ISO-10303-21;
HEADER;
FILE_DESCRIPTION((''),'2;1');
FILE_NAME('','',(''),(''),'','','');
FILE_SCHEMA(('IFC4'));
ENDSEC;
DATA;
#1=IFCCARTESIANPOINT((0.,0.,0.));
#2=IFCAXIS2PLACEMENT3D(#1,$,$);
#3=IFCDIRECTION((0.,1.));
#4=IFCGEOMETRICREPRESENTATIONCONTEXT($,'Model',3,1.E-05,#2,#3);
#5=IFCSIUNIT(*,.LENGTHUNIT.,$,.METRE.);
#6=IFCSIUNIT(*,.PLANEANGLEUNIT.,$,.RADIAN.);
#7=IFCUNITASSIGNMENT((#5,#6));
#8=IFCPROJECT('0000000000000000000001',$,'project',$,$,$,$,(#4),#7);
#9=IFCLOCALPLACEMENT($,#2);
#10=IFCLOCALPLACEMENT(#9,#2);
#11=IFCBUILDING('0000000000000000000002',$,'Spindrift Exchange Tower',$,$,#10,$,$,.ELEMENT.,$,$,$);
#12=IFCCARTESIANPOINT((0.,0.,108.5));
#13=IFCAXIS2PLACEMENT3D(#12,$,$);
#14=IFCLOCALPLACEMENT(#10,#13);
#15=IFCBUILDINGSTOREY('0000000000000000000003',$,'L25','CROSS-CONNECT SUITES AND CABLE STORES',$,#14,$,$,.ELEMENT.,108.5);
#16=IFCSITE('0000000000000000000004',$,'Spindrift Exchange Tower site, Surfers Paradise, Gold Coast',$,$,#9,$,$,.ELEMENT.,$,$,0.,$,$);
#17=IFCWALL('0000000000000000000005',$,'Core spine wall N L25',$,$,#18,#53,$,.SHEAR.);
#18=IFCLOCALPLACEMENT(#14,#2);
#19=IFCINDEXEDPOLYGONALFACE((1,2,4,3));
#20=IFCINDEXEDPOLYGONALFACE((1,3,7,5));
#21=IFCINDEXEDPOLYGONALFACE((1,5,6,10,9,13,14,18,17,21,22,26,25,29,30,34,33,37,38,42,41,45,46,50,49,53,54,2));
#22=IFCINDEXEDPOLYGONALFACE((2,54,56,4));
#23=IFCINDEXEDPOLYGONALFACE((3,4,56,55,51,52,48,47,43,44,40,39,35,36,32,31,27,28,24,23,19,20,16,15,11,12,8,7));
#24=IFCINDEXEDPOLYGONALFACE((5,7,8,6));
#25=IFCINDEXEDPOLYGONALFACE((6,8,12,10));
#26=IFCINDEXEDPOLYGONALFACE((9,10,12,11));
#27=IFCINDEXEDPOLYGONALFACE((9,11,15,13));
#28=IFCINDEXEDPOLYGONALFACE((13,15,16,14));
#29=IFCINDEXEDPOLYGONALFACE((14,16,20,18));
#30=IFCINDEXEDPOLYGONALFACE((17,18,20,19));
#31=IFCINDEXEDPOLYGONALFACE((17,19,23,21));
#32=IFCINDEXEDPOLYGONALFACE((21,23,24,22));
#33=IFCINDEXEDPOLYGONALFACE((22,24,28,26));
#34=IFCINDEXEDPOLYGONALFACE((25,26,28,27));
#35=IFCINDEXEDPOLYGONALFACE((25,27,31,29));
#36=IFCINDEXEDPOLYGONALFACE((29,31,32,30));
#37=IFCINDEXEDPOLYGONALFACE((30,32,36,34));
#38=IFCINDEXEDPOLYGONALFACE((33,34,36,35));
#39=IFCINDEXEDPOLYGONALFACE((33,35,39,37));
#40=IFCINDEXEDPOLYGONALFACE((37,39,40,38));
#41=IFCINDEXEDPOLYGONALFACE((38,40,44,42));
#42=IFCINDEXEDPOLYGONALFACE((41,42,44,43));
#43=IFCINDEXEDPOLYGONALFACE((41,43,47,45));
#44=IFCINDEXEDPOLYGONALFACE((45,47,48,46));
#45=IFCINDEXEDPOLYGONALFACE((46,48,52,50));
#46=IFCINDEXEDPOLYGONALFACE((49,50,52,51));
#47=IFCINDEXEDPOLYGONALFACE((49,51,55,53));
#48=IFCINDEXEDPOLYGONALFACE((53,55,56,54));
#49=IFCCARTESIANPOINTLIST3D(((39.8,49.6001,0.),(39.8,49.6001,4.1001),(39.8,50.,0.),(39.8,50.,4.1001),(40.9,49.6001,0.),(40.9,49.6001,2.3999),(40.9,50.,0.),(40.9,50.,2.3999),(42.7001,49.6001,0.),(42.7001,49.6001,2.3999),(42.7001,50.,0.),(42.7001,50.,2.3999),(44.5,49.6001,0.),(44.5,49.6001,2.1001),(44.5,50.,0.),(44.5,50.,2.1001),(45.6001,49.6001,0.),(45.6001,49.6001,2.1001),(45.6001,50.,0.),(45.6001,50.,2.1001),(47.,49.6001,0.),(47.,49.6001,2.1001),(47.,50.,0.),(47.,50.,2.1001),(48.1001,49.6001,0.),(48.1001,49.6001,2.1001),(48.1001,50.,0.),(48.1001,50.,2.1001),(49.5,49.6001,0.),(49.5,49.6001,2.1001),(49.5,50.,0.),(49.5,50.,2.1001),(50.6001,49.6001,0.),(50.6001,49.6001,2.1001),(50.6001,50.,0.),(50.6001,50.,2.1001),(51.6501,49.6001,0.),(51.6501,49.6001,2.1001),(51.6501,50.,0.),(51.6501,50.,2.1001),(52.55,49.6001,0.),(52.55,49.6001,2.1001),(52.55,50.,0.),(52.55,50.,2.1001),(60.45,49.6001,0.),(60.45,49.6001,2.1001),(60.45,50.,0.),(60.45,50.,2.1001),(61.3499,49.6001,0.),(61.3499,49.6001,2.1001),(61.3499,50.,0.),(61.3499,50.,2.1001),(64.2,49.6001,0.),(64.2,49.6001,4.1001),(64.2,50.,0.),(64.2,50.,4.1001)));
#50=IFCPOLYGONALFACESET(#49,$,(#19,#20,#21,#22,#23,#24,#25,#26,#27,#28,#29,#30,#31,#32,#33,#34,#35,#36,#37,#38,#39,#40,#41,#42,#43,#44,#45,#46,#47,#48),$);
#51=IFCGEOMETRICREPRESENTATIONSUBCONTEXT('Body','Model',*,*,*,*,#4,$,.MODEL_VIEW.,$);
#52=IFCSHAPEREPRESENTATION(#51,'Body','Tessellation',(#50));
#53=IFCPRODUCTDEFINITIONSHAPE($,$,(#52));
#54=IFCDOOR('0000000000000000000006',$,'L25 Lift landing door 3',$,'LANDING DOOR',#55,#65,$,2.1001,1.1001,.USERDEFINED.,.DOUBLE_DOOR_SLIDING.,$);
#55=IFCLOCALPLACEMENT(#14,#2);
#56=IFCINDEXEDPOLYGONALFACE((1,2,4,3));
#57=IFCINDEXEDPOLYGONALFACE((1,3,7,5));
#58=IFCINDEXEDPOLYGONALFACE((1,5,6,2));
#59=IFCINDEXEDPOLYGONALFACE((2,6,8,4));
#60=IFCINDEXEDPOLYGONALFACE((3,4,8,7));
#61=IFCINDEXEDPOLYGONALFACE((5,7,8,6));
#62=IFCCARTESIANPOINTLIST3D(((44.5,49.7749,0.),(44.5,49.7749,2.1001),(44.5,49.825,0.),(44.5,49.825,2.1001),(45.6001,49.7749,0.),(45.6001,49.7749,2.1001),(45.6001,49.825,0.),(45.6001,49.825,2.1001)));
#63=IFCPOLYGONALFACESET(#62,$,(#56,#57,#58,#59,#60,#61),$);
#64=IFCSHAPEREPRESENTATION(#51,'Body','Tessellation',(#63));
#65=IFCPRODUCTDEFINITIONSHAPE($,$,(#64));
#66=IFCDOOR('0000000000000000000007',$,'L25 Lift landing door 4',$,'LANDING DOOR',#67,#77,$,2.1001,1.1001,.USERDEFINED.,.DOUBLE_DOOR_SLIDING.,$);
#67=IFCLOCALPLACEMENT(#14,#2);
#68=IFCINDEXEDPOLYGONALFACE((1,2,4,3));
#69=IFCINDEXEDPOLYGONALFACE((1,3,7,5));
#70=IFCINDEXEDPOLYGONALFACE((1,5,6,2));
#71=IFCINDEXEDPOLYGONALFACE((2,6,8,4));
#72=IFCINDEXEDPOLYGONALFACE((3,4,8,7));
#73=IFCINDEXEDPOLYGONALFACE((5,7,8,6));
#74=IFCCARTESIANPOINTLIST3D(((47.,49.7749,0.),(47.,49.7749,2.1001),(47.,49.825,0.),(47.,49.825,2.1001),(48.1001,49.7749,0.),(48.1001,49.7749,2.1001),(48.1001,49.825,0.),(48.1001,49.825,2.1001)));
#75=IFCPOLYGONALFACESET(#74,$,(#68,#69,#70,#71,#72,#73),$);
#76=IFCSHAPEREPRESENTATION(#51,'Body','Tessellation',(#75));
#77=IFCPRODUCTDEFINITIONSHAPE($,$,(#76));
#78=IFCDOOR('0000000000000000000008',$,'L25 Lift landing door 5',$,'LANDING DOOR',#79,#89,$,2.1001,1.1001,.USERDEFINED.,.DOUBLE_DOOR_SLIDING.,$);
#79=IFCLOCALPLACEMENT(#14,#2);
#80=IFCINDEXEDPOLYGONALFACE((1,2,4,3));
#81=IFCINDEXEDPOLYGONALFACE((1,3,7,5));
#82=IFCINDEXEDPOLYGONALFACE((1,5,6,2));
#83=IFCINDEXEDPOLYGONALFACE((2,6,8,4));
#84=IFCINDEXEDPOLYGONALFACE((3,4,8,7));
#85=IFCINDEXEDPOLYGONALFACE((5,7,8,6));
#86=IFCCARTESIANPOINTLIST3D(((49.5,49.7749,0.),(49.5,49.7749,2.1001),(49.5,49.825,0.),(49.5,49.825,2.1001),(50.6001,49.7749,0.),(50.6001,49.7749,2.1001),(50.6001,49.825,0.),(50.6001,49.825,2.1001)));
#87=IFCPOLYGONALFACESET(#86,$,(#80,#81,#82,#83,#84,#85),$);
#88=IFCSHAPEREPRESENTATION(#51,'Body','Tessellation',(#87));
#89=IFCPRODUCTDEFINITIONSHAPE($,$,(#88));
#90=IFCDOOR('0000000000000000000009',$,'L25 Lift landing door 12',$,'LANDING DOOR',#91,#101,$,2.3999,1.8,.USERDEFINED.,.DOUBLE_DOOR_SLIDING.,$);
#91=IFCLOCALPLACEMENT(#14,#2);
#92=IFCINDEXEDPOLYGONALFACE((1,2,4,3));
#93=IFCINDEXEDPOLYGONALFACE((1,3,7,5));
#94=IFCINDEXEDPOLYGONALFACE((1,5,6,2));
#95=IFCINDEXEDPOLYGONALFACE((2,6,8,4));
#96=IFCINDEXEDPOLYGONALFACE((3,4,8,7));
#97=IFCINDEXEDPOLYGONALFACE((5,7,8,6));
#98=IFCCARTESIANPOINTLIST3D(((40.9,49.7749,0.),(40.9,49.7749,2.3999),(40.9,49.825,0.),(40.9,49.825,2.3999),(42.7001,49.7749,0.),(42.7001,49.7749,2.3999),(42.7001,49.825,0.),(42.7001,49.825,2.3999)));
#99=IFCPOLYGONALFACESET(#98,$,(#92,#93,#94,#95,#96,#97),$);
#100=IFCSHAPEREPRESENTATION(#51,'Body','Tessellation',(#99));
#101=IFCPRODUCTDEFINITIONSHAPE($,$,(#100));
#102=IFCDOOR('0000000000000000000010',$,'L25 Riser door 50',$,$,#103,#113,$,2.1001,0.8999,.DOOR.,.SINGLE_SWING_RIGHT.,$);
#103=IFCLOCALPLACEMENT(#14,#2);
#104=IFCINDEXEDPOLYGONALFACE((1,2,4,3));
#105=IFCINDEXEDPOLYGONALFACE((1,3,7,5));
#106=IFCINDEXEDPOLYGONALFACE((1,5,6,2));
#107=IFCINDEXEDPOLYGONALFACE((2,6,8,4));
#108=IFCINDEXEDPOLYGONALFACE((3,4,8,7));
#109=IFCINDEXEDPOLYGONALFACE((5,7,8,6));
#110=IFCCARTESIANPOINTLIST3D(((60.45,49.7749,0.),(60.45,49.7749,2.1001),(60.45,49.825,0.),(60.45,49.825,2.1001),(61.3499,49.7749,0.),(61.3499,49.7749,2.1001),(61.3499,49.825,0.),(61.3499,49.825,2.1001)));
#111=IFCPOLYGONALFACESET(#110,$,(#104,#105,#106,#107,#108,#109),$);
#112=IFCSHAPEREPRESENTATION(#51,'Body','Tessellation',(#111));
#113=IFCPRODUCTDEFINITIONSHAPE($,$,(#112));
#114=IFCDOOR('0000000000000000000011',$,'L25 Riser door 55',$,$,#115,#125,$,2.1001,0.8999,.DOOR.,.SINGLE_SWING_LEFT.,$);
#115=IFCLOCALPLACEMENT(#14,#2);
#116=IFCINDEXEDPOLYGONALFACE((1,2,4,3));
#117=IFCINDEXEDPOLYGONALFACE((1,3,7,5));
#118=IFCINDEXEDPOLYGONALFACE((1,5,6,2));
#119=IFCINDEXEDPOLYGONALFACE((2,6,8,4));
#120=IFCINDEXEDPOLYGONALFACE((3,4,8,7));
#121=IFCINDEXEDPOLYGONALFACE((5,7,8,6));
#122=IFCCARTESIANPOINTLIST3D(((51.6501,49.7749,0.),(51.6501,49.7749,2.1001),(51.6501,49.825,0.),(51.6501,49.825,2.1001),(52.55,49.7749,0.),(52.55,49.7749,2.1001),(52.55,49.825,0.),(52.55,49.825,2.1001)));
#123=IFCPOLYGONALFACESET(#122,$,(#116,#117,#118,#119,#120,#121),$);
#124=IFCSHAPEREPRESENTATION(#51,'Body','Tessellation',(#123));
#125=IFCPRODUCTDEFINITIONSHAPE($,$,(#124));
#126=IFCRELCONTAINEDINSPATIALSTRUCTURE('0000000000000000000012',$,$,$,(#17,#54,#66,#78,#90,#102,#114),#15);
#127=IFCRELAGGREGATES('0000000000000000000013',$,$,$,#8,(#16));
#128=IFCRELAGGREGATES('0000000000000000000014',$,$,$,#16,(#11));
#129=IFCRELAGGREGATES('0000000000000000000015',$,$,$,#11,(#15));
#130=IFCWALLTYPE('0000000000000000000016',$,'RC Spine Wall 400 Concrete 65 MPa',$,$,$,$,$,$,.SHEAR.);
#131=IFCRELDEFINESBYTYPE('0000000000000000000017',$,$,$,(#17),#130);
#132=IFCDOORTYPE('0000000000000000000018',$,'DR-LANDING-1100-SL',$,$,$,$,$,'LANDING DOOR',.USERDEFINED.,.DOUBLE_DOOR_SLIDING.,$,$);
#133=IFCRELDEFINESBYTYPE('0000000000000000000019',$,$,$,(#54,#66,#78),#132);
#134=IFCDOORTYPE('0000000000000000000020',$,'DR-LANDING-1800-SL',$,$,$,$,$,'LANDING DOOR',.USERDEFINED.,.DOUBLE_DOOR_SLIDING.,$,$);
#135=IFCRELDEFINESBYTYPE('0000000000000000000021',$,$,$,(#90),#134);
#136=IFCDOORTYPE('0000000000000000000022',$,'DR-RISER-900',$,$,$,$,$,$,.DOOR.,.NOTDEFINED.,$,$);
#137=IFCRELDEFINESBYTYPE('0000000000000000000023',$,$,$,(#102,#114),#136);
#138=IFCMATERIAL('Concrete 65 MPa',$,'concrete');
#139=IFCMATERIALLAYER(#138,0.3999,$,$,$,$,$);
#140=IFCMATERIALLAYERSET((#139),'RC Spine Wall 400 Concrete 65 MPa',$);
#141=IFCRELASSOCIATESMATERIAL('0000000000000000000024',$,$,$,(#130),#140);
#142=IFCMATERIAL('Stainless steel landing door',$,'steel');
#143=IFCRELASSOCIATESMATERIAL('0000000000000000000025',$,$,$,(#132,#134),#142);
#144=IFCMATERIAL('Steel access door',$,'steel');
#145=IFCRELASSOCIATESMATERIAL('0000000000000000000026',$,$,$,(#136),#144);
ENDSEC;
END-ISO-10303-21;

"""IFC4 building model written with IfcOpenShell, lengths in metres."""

from ifc_helpers import new_model, si_unit, direction, frame, frame_2d, origin, place, context, subcontext, project, spatial, rectangle, extrude, source, transform, mapped, material, layer, layer_set, type_object, element, fill, save


model = new_model("IFC4")

# Units and contexts
model_context = context("Model", 3, precision=1e-05, world=origin(), true_north=direction((0.0, 1.0)))
body_context = subcontext(model_context, "Body", "Model", "MODEL_VIEW")
ifc_project = project(units=[si_unit("LENGTHUNIT", "METRE"), si_unit("PLANEANGLEUNIT", "RADIAN")], contexts=[model_context])

# Site, building, storey
site_placement = place(None, origin())
site = spatial("IfcSite", under=ifc_project, at=site_placement, Name="Spindrift Exchange Tower site, Surfers Paradise, Gold Coast", CompositionType="ELEMENT", RefElevation=0.0)
building_placement = place(site_placement, origin())
building = spatial("IfcBuilding", under=site, at=building_placement, Name="Spindrift Exchange Tower", CompositionType="ELEMENT")
storey_placement = place(building_placement, frame((0.0, 0.0, 108.5)))
storey = spatial("IfcBuildingStorey", under=building, at=storey_placement, Name="L25", Description="CROSS-CONNECT SUITES AND CABLE STORES", CompositionType="ELEMENT", Elevation=108.5)

# Shared definitions
ifc_material_1 = material(Name="Concrete 65 MPa", Category="concrete")

# Wall, openings, doors
ifc_layer_1 = layer(ifc_material_1, 0.3999)
ifc_layer_set_1 = layer_set([ifc_layer_1], Name="RC Spine Wall 400 Concrete 65 MPa")
wall_type_1 = type_object("IfcWallType", Name="RC Spine Wall 400 Concrete 65 MPa", PredefinedType="SHEAR", material=ifc_layer_set_1)
wall_1_placement = place(storey_placement, frame((39.8, 49.8, 0.0), z_axis=(0.0, 0.0, 1.0), x_axis=(1.0, 0.0, 0.0)))
wall_1 = element("IfcWall", 1, at=wall_1_placement, inside=storey, type_object=wall_type_1, Name="Core spine wall N L25", PredefinedType="SHEAR", context=body_context, shape_type="SweptSolid", body=[
    extrude(rectangle(XDim=24.3999, YDim=0.3999, at=frame_2d((12.2, 0.0))), origin(), (0.0, 0.0, 1.0), 4.1001),
])
opening_1_placement = place(wall_1_placement, frame((4.7, 0.0, 0.0)))
opening_1 = element("IfcOpeningElement", 2, at=opening_1_placement, cuts=wall_1, PredefinedType="OPENING", context=body_context, shape_type="SweptSolid", body=[
    extrude(rectangle(XDim=1.1001, YDim=2.1001, at=frame_2d((0.55, 1.05))), frame((0.0, 0.21, 0.0), z_axis=(0.0, -1.0, 0.0), x_axis=(1.0, 0.0, 0.0)), (0.0, 0.0, 1.0), 0.4199),
])
opening_2_placement = place(wall_1_placement, frame((7.2, 0.0, 0.0)))
opening_2 = element("IfcOpeningElement", 3, at=opening_2_placement, cuts=wall_1, PredefinedType="OPENING", context=body_context, shape_type="SweptSolid", body=[
    extrude(rectangle(XDim=1.1001, YDim=2.1001, at=frame_2d((0.55, 1.05))), frame((0.0, 0.21, 0.0), z_axis=(0.0, -1.0, 0.0), x_axis=(1.0, 0.0, 0.0)), (0.0, 0.0, 1.0), 0.4199),
])
opening_3_placement = place(wall_1_placement, frame((9.7, 0.0, 0.0)))
opening_3 = element("IfcOpeningElement", 4, at=opening_3_placement, cuts=wall_1, PredefinedType="OPENING", context=body_context, shape_type="SweptSolid", body=[
    extrude(rectangle(XDim=1.1001, YDim=2.1001, at=frame_2d((0.55, 1.05))), frame((0.0, 0.21, 0.0), z_axis=(0.0, -1.0, 0.0), x_axis=(1.0, 0.0, 0.0)), (0.0, 0.0, 1.0), 0.4199),
])
opening_4_placement = place(wall_1_placement, frame((1.1001, 0.0, 0.0)))
opening_4 = element("IfcOpeningElement", 5, at=opening_4_placement, cuts=wall_1, PredefinedType="OPENING", context=body_context, shape_type="SweptSolid", body=[
    extrude(rectangle(XDim=1.8, YDim=2.3999, at=frame_2d((0.8999, 1.2))), frame((0.0, 0.21, 0.0), z_axis=(0.0, -1.0, 0.0), x_axis=(1.0, 0.0, 0.0)), (0.0, 0.0, 1.0), 0.4199),
])
opening_5_placement = place(wall_1_placement, frame((20.6499, 0.0, 0.0)))
opening_5 = element("IfcOpeningElement", 6, at=opening_5_placement, cuts=wall_1, PredefinedType="OPENING", context=body_context, shape_type="SweptSolid", body=[
    extrude(rectangle(XDim=0.8999, YDim=2.1001, at=frame_2d((0.45, 1.05))), frame((0.0, 0.21, 0.0), z_axis=(0.0, -1.0, 0.0), x_axis=(1.0, 0.0, 0.0)), (0.0, 0.0, 1.0), 0.4199),
])
opening_6_placement = place(wall_1_placement, frame((11.8501, 0.0, 0.0)))
opening_6 = element("IfcOpeningElement", 7, at=opening_6_placement, cuts=wall_1, PredefinedType="OPENING", context=body_context, shape_type="SweptSolid", body=[
    extrude(rectangle(XDim=0.8999, YDim=2.1001, at=frame_2d((0.45, 1.05))), frame((0.0, 0.21, 0.0), z_axis=(0.0, -1.0, 0.0), x_axis=(1.0, 0.0, 0.0)), (0.0, 0.0, 1.0), 0.4199),
])
ifc_material_2 = material(Name="Stainless steel landing door", Category="steel")
door_type_1 = type_object("IfcDoorType", Name="DR-LANDING-1100-SL", ElementType="LANDING DOOR", OperationType="DOUBLE_DOOR_SLIDING", PredefinedType="USERDEFINED", material=ifc_material_2)
shared_shape_1 = source(origin(), body_context, "Body", "SweptSolid", [
    extrude(rectangle(XDim=1.1001, YDim=2.1001, at=frame_2d((0.55, 1.05))), frame((0.0, 0.0249, 0.0), z_axis=(0.0, -1.0, 0.0), x_axis=(1.0, 0.0, 0.0)), (0.0, 0.0, 1.0), 0.05),
])
door_1_placement = place(opening_1_placement, origin())
door_1 = element("IfcDoor", 8, at=door_1_placement, inside=storey, type_object=door_type_1, Name="L25 Lift landing door 3", ObjectType="LANDING DOOR", OperationType="DOUBLE_DOOR_SLIDING", OverallHeight=2.1001, OverallWidth=1.1001, PredefinedType="USERDEFINED", context=body_context, shape_type="MappedRepresentation", body=[
    mapped(shared_shape_1, transform((0.0, 0.0, 0.0), scale=1.0)),
])
fill(opening_1, door_1)
door_2_placement = place(opening_2_placement, origin())
door_2 = element("IfcDoor", 9, at=door_2_placement, inside=storey, type_object=door_type_1, Name="L25 Lift landing door 4", ObjectType="LANDING DOOR", OperationType="DOUBLE_DOOR_SLIDING", OverallHeight=2.1001, OverallWidth=1.1001, PredefinedType="USERDEFINED", context=body_context, shape_type="MappedRepresentation", body=[
    mapped(shared_shape_1, transform((0.0, 0.0, 0.0), scale=1.0)),
])
fill(opening_2, door_2)
door_3_placement = place(opening_3_placement, origin())
door_3 = element("IfcDoor", 10, at=door_3_placement, inside=storey, type_object=door_type_1, Name="L25 Lift landing door 5", ObjectType="LANDING DOOR", OperationType="DOUBLE_DOOR_SLIDING", OverallHeight=2.1001, OverallWidth=1.1001, PredefinedType="USERDEFINED", context=body_context, shape_type="MappedRepresentation", body=[
    mapped(shared_shape_1, transform((0.0, 0.0, 0.0), scale=1.0)),
])
fill(opening_3, door_3)
door_type_2 = type_object("IfcDoorType", Name="DR-LANDING-1800-SL", ElementType="LANDING DOOR", OperationType="DOUBLE_DOOR_SLIDING", PredefinedType="USERDEFINED", material=ifc_material_2)
shared_shape_2 = source(origin(), body_context, "Body", "SweptSolid", [
    extrude(rectangle(XDim=1.8, YDim=2.3999, at=frame_2d((0.8999, 1.2))), frame((0.0, 0.0249, 0.0), z_axis=(0.0, -1.0, 0.0), x_axis=(1.0, 0.0, 0.0)), (0.0, 0.0, 1.0), 0.05),
])
door_4_placement = place(opening_4_placement, origin())
door_4 = element("IfcDoor", 11, at=door_4_placement, inside=storey, type_object=door_type_2, Name="L25 Lift landing door 12", ObjectType="LANDING DOOR", OperationType="DOUBLE_DOOR_SLIDING", OverallHeight=2.3999, OverallWidth=1.8, PredefinedType="USERDEFINED", context=body_context, shape_type="MappedRepresentation", body=[
    mapped(shared_shape_2, transform((0.0, 0.0, 0.0), scale=1.0)),
])
fill(opening_4, door_4)
ifc_material_3 = material(Name="Steel access door", Category="steel")
door_type_3 = type_object("IfcDoorType", Name="DR-RISER-900", OperationType="NOTDEFINED", PredefinedType="DOOR", material=ifc_material_3)
shared_shape_3 = source(origin(), body_context, "Body", "SweptSolid", [
    extrude(rectangle(XDim=0.8999, YDim=2.1001, at=frame_2d((0.45, 1.05))), frame((0.0, 0.0249, 0.0), z_axis=(0.0, -1.0, 0.0), x_axis=(1.0, 0.0, 0.0)), (0.0, 0.0, 1.0), 0.05),
])
door_5_placement = place(opening_5_placement, origin())
door_5 = element("IfcDoor", 12, at=door_5_placement, inside=storey, type_object=door_type_3, Name="L25 Riser door 50", OperationType="SINGLE_SWING_RIGHT", OverallHeight=2.1001, OverallWidth=0.8999, PredefinedType="DOOR", context=body_context, shape_type="MappedRepresentation", body=[
    mapped(shared_shape_3, transform((0.0, 0.0, 0.0), scale=1.0)),
])
fill(opening_5, door_5)
door_6_placement = place(opening_6_placement, origin())
door_6 = element("IfcDoor", 13, at=door_6_placement, inside=storey, type_object=door_type_3, Name="L25 Riser door 55", OperationType="SINGLE_SWING_LEFT", OverallHeight=2.1001, OverallWidth=0.8999, PredefinedType="DOOR", context=body_context, shape_type="MappedRepresentation", body=[
    mapped(shared_shape_3, transform((0.0, 0.0, 0.0), scale=1.0)),
])
fill(opening_6, door_6)

save(model, "model.ifc")
